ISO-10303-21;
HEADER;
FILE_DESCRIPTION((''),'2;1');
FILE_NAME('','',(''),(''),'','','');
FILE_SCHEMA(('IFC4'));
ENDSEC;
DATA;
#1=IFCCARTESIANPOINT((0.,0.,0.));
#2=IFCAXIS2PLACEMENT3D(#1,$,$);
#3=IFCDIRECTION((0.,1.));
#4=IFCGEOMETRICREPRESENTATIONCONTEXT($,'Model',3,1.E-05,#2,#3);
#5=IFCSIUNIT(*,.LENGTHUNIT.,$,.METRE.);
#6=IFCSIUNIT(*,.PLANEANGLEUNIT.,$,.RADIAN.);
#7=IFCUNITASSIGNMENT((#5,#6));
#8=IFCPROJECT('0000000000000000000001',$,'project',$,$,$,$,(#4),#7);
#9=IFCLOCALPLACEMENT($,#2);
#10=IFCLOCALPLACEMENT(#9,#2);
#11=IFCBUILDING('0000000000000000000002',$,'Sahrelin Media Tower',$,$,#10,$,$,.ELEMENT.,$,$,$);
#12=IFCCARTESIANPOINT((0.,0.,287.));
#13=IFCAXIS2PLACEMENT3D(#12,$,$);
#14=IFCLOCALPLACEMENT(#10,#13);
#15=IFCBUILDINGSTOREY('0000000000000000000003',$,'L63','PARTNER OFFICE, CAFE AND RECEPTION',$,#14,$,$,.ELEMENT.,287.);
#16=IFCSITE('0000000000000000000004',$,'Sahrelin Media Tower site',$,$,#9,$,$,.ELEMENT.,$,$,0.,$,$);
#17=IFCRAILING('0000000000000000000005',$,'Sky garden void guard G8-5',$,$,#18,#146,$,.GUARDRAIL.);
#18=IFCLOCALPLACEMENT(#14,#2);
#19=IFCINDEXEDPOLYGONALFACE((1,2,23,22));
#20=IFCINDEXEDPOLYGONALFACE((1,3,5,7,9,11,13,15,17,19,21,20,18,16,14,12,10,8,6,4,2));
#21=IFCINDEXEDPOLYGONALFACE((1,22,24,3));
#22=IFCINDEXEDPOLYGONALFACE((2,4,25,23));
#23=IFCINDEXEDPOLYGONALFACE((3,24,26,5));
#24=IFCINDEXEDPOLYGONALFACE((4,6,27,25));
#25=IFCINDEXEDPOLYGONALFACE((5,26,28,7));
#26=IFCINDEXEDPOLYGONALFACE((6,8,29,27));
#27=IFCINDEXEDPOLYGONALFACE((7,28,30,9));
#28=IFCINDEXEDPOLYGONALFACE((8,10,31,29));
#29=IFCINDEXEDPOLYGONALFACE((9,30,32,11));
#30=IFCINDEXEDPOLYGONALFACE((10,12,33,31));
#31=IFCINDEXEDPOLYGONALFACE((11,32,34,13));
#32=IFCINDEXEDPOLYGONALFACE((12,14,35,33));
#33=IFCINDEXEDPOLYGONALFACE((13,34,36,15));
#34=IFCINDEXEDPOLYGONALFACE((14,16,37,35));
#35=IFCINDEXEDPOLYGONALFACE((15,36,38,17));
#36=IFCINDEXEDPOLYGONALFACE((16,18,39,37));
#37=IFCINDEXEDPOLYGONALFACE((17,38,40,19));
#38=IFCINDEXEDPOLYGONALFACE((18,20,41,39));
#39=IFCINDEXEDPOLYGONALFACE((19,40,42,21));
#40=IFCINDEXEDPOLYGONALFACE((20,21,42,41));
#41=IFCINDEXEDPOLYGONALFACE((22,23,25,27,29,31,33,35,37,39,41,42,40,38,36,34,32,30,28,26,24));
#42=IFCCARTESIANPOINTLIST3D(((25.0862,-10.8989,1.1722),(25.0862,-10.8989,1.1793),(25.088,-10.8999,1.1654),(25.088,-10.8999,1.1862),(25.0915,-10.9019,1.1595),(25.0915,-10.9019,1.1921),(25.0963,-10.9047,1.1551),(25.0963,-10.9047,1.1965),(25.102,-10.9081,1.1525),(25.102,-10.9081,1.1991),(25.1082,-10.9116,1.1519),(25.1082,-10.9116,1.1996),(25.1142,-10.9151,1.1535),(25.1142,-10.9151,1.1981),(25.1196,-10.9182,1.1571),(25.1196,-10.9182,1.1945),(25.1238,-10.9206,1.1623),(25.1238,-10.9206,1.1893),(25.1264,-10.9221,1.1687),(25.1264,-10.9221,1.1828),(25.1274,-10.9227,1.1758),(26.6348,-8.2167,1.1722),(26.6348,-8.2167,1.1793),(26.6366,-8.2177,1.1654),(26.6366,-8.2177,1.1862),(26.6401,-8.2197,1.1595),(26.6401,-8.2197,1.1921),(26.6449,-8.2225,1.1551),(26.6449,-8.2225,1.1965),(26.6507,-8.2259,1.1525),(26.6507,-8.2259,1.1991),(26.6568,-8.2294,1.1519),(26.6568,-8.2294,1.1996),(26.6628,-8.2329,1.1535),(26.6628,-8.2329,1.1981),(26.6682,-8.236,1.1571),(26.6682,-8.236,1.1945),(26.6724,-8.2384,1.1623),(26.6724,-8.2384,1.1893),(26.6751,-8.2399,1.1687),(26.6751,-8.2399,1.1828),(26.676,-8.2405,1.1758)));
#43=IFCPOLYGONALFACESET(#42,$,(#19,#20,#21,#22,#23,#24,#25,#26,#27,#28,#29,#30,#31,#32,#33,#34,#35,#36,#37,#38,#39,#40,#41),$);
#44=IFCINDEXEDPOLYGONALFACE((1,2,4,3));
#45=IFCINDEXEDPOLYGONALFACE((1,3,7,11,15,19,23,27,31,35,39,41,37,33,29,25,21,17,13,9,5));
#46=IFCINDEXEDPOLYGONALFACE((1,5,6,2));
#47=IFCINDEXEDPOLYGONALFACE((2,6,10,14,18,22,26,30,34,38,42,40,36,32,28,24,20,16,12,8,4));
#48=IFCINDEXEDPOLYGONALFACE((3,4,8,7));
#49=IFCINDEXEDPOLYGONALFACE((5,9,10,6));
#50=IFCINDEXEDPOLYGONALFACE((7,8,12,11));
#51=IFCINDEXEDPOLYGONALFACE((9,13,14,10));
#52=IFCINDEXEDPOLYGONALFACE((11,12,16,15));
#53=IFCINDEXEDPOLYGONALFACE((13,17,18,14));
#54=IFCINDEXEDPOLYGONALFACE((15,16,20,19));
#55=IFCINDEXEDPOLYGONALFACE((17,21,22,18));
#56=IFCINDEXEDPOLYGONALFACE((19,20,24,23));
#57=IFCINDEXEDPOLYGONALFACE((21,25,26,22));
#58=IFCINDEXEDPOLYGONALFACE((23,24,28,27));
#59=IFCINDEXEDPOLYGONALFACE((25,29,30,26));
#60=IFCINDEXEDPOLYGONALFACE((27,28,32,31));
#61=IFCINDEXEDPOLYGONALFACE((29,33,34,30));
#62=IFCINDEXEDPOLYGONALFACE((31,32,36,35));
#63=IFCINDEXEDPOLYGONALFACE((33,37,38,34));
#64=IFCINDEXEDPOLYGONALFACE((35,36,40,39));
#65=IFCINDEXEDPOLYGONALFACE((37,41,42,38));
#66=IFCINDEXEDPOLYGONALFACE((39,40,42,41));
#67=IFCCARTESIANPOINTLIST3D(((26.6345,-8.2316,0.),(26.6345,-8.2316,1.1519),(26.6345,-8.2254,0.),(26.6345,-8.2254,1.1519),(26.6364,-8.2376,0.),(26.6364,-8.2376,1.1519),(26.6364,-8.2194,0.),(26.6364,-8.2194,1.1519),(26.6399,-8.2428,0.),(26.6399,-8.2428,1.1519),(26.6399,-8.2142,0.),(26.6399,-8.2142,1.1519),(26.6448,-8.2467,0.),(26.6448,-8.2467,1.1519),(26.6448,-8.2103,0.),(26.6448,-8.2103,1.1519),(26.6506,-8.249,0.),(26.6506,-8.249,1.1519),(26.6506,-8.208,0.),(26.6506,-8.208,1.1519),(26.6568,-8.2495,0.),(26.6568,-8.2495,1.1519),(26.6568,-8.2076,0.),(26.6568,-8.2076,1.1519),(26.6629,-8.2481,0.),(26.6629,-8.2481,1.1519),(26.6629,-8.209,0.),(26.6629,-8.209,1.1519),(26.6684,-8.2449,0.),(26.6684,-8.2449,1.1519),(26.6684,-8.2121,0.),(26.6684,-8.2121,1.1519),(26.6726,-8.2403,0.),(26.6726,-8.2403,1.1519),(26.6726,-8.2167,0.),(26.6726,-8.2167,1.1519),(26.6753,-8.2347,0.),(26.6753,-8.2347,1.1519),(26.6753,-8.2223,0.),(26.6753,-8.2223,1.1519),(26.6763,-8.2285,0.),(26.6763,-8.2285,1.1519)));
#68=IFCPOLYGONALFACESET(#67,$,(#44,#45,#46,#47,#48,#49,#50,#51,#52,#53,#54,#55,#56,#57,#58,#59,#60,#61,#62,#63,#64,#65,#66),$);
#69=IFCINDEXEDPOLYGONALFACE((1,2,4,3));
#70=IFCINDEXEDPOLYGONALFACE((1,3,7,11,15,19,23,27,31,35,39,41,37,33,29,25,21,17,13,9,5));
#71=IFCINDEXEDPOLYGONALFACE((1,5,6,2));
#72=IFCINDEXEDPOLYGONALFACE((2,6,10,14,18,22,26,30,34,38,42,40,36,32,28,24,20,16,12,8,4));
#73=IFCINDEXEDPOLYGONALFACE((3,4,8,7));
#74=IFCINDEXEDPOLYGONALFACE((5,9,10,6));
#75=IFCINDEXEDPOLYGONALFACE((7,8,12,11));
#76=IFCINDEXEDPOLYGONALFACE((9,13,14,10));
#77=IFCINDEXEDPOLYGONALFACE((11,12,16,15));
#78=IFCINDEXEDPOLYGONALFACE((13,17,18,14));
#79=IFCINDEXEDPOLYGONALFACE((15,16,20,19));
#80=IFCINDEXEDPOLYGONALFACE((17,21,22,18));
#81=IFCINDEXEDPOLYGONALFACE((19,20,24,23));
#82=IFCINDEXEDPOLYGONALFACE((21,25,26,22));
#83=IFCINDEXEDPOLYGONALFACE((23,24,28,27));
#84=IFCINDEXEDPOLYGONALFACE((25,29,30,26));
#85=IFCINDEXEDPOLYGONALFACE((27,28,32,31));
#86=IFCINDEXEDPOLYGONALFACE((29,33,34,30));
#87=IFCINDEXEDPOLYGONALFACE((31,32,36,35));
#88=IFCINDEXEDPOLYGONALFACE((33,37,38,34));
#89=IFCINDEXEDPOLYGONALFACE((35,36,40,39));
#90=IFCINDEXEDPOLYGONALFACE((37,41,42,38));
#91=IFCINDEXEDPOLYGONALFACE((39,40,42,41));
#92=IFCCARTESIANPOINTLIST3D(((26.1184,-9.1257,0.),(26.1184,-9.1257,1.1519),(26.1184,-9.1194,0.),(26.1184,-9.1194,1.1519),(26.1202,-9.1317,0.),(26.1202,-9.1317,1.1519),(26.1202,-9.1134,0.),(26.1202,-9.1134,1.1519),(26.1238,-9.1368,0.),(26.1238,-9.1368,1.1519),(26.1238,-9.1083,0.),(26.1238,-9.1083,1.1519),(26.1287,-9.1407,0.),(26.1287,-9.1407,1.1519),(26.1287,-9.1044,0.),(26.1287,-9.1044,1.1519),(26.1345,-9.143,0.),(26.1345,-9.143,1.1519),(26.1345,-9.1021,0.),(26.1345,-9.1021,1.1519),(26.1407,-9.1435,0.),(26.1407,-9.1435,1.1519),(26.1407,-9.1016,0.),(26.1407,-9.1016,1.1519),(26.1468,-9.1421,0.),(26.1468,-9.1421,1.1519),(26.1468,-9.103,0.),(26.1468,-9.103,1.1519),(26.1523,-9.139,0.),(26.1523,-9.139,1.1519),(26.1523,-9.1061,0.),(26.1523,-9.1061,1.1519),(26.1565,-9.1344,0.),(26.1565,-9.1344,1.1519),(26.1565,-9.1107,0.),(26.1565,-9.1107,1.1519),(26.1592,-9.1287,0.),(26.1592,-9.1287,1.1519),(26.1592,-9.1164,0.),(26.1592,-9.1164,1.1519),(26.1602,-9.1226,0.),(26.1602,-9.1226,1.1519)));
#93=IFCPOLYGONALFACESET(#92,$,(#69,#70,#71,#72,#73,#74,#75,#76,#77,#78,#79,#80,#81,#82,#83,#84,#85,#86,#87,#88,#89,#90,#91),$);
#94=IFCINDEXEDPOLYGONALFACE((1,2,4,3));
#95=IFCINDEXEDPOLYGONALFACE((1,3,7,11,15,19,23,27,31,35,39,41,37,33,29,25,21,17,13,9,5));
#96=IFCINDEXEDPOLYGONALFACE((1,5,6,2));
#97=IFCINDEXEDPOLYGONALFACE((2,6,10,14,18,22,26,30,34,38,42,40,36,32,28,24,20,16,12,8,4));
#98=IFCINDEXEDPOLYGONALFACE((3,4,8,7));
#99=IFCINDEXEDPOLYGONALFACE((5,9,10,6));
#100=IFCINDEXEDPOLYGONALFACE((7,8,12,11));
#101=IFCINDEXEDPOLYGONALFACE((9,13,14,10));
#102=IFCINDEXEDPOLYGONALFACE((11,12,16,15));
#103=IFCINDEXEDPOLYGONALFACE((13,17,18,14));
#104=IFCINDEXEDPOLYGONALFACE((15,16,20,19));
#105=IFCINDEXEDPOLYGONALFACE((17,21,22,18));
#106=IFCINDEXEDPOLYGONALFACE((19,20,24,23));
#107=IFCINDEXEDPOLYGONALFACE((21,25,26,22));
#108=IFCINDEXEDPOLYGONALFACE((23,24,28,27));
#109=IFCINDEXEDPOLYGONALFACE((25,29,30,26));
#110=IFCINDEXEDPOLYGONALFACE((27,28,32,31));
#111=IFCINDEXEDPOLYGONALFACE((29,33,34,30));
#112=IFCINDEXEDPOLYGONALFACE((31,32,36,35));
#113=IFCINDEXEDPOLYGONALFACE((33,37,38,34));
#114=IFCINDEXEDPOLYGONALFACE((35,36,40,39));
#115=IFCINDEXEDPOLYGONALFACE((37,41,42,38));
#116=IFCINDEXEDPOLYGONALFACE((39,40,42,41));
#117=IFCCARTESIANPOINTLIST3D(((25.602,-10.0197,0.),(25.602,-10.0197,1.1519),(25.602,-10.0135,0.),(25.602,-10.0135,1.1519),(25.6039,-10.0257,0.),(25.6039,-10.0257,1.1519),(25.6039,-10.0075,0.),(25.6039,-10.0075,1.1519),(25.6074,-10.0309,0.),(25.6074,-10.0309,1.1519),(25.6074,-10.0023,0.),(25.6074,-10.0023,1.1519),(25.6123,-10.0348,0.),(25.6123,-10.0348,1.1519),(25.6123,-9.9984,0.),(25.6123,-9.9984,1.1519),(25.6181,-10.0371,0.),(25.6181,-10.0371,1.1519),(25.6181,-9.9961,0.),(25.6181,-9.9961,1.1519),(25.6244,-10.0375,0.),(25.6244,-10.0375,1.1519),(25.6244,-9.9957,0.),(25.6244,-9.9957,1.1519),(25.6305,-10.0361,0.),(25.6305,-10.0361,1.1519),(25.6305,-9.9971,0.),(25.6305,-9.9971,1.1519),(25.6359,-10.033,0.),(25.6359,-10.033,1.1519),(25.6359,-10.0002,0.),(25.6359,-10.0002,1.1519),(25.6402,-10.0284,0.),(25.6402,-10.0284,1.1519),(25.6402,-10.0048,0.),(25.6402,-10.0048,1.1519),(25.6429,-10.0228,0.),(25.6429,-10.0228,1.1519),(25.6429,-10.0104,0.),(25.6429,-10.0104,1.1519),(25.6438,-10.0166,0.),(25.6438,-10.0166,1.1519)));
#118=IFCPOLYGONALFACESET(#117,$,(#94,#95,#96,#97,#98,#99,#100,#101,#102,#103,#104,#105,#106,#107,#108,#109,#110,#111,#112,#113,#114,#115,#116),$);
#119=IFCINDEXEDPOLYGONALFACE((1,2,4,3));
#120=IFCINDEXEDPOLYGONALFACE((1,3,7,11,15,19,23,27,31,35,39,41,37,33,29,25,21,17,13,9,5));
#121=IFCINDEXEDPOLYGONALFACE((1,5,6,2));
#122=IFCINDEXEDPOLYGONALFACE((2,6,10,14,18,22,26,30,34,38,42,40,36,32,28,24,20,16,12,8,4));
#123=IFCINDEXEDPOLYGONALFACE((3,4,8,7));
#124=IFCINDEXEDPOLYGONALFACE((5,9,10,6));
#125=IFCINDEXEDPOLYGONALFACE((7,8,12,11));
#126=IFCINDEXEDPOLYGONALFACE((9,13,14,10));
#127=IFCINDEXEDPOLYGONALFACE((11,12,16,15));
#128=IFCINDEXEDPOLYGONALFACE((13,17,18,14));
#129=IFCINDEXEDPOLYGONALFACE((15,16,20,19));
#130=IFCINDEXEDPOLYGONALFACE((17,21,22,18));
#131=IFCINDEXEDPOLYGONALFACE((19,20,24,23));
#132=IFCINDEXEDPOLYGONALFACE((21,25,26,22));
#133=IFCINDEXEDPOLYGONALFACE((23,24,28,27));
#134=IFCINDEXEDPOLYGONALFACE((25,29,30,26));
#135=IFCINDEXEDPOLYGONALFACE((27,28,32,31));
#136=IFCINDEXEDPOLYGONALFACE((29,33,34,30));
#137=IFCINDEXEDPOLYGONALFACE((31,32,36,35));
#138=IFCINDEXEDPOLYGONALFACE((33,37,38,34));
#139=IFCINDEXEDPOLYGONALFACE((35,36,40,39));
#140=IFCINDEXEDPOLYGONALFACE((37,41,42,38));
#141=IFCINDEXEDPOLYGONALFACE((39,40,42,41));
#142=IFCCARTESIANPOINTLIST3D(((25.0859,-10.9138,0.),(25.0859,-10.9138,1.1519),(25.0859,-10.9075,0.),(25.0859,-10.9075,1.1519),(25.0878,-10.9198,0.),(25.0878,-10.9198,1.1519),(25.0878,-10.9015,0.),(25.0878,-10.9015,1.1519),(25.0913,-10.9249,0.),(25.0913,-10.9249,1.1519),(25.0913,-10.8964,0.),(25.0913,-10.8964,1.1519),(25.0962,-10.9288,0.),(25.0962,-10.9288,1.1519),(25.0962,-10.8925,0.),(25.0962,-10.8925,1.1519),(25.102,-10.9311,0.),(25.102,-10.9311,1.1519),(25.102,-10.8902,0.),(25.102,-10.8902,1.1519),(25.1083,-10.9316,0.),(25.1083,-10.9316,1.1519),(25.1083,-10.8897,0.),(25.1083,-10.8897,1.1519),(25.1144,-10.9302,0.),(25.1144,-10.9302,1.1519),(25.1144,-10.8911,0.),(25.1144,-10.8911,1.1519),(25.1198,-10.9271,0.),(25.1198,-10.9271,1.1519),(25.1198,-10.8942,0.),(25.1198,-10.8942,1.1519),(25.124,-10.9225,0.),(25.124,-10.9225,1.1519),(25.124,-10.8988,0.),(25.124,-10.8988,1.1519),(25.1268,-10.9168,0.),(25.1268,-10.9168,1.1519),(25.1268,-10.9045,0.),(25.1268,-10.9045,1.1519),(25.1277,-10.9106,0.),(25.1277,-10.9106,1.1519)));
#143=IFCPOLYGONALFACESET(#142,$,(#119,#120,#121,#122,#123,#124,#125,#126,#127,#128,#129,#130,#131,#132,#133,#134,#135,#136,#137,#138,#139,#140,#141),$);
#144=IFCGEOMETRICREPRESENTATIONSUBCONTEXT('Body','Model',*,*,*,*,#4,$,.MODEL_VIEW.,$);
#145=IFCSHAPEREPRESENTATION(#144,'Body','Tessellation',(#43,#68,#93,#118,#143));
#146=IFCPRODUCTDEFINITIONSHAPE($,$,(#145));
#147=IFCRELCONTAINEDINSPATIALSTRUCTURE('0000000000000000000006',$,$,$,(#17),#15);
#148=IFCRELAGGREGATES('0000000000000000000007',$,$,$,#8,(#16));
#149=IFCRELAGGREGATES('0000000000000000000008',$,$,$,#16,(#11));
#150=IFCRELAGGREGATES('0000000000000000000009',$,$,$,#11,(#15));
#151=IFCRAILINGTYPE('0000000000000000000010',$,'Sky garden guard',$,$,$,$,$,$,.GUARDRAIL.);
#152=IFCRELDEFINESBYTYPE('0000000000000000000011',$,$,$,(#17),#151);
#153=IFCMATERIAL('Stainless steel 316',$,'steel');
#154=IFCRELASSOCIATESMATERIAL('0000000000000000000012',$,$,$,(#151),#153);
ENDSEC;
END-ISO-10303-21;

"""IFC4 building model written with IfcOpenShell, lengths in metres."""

from ifc_helpers import new_model, si_unit, direction, frame, origin, origin_2d, place, context, subcontext, project, spatial, circle, extrude, material, type_object, element, save


model = new_model("IFC4")

# Units and contexts
model_context = context("Model", 3, precision=1e-05, world=origin(), true_north=direction((0.0, 1.0)))
body_context = subcontext(model_context, "Body", "Model", "MODEL_VIEW")
ifc_project = project(units=[si_unit("LENGTHUNIT", "METRE"), si_unit("PLANEANGLEUNIT", "RADIAN")], contexts=[model_context])

# Site, building, storey
site_placement = place(None, origin())
site = spatial("IfcSite", under=ifc_project, at=site_placement, Name="Sahrelin Media Tower site", CompositionType="ELEMENT", RefElevation=0.0)
building_placement = place(site_placement, origin())
building = spatial("IfcBuilding", under=site, at=building_placement, Name="Sahrelin Media Tower", CompositionType="ELEMENT")
storey_placement = place(building_placement, frame((0.0, 0.0, 287.0)))
storey = spatial("IfcBuildingStorey", under=building, at=storey_placement, Name="L63", Description="PARTNER OFFICE, CAFE AND RECEPTION", CompositionType="ELEMENT", Elevation=287.0)

# Railing
ifc_material_1 = material(Name="Stainless steel 316", Category="steel")
railing_type = type_object("IfcRailingType", Name="Sky garden guard", PredefinedType="GUARDRAIL", material=ifc_material_1)
railing_1_placement = place(storey_placement, frame((26.6553, -8.2285, 0.0)))
element("IfcRailing", 1, at=railing_1_placement, inside=storey, type_object=railing_type, Name="Sky garden void guard G8-5", PredefinedType="GUARDRAIL", context=body_context, shape_type="SweptSolid", body=[
    extrude(circle(Radius=0.0239, at=origin_2d()), frame((0.0, 0.0, 1.1758), z_axis=(-0.500014, -0.866018, 0.0), x_axis=(0.866018, -0.500014, 0.0)), (0.0, 0.0, 1.0), 3.0972),
    extrude(circle(Radius=0.021, at=origin_2d()), origin(), (0.0, 0.0, 1.0), 1.1519),
    extrude(circle(Radius=0.021, at=origin_2d()), frame((-0.5161, -0.894, 0.0)), (0.0, 0.0, 1.0), 1.1519),
    extrude(circle(Radius=0.021, at=origin_2d()), frame((-1.0325, -1.7881, 0.0)), (0.0, 0.0, 1.0), 1.1519),
    extrude(circle(Radius=0.021, at=origin_2d()), frame((-1.5486, -2.6821, 0.0)), (0.0, 0.0, 1.0), 1.1519),
])

save(model, "model.ifc")
